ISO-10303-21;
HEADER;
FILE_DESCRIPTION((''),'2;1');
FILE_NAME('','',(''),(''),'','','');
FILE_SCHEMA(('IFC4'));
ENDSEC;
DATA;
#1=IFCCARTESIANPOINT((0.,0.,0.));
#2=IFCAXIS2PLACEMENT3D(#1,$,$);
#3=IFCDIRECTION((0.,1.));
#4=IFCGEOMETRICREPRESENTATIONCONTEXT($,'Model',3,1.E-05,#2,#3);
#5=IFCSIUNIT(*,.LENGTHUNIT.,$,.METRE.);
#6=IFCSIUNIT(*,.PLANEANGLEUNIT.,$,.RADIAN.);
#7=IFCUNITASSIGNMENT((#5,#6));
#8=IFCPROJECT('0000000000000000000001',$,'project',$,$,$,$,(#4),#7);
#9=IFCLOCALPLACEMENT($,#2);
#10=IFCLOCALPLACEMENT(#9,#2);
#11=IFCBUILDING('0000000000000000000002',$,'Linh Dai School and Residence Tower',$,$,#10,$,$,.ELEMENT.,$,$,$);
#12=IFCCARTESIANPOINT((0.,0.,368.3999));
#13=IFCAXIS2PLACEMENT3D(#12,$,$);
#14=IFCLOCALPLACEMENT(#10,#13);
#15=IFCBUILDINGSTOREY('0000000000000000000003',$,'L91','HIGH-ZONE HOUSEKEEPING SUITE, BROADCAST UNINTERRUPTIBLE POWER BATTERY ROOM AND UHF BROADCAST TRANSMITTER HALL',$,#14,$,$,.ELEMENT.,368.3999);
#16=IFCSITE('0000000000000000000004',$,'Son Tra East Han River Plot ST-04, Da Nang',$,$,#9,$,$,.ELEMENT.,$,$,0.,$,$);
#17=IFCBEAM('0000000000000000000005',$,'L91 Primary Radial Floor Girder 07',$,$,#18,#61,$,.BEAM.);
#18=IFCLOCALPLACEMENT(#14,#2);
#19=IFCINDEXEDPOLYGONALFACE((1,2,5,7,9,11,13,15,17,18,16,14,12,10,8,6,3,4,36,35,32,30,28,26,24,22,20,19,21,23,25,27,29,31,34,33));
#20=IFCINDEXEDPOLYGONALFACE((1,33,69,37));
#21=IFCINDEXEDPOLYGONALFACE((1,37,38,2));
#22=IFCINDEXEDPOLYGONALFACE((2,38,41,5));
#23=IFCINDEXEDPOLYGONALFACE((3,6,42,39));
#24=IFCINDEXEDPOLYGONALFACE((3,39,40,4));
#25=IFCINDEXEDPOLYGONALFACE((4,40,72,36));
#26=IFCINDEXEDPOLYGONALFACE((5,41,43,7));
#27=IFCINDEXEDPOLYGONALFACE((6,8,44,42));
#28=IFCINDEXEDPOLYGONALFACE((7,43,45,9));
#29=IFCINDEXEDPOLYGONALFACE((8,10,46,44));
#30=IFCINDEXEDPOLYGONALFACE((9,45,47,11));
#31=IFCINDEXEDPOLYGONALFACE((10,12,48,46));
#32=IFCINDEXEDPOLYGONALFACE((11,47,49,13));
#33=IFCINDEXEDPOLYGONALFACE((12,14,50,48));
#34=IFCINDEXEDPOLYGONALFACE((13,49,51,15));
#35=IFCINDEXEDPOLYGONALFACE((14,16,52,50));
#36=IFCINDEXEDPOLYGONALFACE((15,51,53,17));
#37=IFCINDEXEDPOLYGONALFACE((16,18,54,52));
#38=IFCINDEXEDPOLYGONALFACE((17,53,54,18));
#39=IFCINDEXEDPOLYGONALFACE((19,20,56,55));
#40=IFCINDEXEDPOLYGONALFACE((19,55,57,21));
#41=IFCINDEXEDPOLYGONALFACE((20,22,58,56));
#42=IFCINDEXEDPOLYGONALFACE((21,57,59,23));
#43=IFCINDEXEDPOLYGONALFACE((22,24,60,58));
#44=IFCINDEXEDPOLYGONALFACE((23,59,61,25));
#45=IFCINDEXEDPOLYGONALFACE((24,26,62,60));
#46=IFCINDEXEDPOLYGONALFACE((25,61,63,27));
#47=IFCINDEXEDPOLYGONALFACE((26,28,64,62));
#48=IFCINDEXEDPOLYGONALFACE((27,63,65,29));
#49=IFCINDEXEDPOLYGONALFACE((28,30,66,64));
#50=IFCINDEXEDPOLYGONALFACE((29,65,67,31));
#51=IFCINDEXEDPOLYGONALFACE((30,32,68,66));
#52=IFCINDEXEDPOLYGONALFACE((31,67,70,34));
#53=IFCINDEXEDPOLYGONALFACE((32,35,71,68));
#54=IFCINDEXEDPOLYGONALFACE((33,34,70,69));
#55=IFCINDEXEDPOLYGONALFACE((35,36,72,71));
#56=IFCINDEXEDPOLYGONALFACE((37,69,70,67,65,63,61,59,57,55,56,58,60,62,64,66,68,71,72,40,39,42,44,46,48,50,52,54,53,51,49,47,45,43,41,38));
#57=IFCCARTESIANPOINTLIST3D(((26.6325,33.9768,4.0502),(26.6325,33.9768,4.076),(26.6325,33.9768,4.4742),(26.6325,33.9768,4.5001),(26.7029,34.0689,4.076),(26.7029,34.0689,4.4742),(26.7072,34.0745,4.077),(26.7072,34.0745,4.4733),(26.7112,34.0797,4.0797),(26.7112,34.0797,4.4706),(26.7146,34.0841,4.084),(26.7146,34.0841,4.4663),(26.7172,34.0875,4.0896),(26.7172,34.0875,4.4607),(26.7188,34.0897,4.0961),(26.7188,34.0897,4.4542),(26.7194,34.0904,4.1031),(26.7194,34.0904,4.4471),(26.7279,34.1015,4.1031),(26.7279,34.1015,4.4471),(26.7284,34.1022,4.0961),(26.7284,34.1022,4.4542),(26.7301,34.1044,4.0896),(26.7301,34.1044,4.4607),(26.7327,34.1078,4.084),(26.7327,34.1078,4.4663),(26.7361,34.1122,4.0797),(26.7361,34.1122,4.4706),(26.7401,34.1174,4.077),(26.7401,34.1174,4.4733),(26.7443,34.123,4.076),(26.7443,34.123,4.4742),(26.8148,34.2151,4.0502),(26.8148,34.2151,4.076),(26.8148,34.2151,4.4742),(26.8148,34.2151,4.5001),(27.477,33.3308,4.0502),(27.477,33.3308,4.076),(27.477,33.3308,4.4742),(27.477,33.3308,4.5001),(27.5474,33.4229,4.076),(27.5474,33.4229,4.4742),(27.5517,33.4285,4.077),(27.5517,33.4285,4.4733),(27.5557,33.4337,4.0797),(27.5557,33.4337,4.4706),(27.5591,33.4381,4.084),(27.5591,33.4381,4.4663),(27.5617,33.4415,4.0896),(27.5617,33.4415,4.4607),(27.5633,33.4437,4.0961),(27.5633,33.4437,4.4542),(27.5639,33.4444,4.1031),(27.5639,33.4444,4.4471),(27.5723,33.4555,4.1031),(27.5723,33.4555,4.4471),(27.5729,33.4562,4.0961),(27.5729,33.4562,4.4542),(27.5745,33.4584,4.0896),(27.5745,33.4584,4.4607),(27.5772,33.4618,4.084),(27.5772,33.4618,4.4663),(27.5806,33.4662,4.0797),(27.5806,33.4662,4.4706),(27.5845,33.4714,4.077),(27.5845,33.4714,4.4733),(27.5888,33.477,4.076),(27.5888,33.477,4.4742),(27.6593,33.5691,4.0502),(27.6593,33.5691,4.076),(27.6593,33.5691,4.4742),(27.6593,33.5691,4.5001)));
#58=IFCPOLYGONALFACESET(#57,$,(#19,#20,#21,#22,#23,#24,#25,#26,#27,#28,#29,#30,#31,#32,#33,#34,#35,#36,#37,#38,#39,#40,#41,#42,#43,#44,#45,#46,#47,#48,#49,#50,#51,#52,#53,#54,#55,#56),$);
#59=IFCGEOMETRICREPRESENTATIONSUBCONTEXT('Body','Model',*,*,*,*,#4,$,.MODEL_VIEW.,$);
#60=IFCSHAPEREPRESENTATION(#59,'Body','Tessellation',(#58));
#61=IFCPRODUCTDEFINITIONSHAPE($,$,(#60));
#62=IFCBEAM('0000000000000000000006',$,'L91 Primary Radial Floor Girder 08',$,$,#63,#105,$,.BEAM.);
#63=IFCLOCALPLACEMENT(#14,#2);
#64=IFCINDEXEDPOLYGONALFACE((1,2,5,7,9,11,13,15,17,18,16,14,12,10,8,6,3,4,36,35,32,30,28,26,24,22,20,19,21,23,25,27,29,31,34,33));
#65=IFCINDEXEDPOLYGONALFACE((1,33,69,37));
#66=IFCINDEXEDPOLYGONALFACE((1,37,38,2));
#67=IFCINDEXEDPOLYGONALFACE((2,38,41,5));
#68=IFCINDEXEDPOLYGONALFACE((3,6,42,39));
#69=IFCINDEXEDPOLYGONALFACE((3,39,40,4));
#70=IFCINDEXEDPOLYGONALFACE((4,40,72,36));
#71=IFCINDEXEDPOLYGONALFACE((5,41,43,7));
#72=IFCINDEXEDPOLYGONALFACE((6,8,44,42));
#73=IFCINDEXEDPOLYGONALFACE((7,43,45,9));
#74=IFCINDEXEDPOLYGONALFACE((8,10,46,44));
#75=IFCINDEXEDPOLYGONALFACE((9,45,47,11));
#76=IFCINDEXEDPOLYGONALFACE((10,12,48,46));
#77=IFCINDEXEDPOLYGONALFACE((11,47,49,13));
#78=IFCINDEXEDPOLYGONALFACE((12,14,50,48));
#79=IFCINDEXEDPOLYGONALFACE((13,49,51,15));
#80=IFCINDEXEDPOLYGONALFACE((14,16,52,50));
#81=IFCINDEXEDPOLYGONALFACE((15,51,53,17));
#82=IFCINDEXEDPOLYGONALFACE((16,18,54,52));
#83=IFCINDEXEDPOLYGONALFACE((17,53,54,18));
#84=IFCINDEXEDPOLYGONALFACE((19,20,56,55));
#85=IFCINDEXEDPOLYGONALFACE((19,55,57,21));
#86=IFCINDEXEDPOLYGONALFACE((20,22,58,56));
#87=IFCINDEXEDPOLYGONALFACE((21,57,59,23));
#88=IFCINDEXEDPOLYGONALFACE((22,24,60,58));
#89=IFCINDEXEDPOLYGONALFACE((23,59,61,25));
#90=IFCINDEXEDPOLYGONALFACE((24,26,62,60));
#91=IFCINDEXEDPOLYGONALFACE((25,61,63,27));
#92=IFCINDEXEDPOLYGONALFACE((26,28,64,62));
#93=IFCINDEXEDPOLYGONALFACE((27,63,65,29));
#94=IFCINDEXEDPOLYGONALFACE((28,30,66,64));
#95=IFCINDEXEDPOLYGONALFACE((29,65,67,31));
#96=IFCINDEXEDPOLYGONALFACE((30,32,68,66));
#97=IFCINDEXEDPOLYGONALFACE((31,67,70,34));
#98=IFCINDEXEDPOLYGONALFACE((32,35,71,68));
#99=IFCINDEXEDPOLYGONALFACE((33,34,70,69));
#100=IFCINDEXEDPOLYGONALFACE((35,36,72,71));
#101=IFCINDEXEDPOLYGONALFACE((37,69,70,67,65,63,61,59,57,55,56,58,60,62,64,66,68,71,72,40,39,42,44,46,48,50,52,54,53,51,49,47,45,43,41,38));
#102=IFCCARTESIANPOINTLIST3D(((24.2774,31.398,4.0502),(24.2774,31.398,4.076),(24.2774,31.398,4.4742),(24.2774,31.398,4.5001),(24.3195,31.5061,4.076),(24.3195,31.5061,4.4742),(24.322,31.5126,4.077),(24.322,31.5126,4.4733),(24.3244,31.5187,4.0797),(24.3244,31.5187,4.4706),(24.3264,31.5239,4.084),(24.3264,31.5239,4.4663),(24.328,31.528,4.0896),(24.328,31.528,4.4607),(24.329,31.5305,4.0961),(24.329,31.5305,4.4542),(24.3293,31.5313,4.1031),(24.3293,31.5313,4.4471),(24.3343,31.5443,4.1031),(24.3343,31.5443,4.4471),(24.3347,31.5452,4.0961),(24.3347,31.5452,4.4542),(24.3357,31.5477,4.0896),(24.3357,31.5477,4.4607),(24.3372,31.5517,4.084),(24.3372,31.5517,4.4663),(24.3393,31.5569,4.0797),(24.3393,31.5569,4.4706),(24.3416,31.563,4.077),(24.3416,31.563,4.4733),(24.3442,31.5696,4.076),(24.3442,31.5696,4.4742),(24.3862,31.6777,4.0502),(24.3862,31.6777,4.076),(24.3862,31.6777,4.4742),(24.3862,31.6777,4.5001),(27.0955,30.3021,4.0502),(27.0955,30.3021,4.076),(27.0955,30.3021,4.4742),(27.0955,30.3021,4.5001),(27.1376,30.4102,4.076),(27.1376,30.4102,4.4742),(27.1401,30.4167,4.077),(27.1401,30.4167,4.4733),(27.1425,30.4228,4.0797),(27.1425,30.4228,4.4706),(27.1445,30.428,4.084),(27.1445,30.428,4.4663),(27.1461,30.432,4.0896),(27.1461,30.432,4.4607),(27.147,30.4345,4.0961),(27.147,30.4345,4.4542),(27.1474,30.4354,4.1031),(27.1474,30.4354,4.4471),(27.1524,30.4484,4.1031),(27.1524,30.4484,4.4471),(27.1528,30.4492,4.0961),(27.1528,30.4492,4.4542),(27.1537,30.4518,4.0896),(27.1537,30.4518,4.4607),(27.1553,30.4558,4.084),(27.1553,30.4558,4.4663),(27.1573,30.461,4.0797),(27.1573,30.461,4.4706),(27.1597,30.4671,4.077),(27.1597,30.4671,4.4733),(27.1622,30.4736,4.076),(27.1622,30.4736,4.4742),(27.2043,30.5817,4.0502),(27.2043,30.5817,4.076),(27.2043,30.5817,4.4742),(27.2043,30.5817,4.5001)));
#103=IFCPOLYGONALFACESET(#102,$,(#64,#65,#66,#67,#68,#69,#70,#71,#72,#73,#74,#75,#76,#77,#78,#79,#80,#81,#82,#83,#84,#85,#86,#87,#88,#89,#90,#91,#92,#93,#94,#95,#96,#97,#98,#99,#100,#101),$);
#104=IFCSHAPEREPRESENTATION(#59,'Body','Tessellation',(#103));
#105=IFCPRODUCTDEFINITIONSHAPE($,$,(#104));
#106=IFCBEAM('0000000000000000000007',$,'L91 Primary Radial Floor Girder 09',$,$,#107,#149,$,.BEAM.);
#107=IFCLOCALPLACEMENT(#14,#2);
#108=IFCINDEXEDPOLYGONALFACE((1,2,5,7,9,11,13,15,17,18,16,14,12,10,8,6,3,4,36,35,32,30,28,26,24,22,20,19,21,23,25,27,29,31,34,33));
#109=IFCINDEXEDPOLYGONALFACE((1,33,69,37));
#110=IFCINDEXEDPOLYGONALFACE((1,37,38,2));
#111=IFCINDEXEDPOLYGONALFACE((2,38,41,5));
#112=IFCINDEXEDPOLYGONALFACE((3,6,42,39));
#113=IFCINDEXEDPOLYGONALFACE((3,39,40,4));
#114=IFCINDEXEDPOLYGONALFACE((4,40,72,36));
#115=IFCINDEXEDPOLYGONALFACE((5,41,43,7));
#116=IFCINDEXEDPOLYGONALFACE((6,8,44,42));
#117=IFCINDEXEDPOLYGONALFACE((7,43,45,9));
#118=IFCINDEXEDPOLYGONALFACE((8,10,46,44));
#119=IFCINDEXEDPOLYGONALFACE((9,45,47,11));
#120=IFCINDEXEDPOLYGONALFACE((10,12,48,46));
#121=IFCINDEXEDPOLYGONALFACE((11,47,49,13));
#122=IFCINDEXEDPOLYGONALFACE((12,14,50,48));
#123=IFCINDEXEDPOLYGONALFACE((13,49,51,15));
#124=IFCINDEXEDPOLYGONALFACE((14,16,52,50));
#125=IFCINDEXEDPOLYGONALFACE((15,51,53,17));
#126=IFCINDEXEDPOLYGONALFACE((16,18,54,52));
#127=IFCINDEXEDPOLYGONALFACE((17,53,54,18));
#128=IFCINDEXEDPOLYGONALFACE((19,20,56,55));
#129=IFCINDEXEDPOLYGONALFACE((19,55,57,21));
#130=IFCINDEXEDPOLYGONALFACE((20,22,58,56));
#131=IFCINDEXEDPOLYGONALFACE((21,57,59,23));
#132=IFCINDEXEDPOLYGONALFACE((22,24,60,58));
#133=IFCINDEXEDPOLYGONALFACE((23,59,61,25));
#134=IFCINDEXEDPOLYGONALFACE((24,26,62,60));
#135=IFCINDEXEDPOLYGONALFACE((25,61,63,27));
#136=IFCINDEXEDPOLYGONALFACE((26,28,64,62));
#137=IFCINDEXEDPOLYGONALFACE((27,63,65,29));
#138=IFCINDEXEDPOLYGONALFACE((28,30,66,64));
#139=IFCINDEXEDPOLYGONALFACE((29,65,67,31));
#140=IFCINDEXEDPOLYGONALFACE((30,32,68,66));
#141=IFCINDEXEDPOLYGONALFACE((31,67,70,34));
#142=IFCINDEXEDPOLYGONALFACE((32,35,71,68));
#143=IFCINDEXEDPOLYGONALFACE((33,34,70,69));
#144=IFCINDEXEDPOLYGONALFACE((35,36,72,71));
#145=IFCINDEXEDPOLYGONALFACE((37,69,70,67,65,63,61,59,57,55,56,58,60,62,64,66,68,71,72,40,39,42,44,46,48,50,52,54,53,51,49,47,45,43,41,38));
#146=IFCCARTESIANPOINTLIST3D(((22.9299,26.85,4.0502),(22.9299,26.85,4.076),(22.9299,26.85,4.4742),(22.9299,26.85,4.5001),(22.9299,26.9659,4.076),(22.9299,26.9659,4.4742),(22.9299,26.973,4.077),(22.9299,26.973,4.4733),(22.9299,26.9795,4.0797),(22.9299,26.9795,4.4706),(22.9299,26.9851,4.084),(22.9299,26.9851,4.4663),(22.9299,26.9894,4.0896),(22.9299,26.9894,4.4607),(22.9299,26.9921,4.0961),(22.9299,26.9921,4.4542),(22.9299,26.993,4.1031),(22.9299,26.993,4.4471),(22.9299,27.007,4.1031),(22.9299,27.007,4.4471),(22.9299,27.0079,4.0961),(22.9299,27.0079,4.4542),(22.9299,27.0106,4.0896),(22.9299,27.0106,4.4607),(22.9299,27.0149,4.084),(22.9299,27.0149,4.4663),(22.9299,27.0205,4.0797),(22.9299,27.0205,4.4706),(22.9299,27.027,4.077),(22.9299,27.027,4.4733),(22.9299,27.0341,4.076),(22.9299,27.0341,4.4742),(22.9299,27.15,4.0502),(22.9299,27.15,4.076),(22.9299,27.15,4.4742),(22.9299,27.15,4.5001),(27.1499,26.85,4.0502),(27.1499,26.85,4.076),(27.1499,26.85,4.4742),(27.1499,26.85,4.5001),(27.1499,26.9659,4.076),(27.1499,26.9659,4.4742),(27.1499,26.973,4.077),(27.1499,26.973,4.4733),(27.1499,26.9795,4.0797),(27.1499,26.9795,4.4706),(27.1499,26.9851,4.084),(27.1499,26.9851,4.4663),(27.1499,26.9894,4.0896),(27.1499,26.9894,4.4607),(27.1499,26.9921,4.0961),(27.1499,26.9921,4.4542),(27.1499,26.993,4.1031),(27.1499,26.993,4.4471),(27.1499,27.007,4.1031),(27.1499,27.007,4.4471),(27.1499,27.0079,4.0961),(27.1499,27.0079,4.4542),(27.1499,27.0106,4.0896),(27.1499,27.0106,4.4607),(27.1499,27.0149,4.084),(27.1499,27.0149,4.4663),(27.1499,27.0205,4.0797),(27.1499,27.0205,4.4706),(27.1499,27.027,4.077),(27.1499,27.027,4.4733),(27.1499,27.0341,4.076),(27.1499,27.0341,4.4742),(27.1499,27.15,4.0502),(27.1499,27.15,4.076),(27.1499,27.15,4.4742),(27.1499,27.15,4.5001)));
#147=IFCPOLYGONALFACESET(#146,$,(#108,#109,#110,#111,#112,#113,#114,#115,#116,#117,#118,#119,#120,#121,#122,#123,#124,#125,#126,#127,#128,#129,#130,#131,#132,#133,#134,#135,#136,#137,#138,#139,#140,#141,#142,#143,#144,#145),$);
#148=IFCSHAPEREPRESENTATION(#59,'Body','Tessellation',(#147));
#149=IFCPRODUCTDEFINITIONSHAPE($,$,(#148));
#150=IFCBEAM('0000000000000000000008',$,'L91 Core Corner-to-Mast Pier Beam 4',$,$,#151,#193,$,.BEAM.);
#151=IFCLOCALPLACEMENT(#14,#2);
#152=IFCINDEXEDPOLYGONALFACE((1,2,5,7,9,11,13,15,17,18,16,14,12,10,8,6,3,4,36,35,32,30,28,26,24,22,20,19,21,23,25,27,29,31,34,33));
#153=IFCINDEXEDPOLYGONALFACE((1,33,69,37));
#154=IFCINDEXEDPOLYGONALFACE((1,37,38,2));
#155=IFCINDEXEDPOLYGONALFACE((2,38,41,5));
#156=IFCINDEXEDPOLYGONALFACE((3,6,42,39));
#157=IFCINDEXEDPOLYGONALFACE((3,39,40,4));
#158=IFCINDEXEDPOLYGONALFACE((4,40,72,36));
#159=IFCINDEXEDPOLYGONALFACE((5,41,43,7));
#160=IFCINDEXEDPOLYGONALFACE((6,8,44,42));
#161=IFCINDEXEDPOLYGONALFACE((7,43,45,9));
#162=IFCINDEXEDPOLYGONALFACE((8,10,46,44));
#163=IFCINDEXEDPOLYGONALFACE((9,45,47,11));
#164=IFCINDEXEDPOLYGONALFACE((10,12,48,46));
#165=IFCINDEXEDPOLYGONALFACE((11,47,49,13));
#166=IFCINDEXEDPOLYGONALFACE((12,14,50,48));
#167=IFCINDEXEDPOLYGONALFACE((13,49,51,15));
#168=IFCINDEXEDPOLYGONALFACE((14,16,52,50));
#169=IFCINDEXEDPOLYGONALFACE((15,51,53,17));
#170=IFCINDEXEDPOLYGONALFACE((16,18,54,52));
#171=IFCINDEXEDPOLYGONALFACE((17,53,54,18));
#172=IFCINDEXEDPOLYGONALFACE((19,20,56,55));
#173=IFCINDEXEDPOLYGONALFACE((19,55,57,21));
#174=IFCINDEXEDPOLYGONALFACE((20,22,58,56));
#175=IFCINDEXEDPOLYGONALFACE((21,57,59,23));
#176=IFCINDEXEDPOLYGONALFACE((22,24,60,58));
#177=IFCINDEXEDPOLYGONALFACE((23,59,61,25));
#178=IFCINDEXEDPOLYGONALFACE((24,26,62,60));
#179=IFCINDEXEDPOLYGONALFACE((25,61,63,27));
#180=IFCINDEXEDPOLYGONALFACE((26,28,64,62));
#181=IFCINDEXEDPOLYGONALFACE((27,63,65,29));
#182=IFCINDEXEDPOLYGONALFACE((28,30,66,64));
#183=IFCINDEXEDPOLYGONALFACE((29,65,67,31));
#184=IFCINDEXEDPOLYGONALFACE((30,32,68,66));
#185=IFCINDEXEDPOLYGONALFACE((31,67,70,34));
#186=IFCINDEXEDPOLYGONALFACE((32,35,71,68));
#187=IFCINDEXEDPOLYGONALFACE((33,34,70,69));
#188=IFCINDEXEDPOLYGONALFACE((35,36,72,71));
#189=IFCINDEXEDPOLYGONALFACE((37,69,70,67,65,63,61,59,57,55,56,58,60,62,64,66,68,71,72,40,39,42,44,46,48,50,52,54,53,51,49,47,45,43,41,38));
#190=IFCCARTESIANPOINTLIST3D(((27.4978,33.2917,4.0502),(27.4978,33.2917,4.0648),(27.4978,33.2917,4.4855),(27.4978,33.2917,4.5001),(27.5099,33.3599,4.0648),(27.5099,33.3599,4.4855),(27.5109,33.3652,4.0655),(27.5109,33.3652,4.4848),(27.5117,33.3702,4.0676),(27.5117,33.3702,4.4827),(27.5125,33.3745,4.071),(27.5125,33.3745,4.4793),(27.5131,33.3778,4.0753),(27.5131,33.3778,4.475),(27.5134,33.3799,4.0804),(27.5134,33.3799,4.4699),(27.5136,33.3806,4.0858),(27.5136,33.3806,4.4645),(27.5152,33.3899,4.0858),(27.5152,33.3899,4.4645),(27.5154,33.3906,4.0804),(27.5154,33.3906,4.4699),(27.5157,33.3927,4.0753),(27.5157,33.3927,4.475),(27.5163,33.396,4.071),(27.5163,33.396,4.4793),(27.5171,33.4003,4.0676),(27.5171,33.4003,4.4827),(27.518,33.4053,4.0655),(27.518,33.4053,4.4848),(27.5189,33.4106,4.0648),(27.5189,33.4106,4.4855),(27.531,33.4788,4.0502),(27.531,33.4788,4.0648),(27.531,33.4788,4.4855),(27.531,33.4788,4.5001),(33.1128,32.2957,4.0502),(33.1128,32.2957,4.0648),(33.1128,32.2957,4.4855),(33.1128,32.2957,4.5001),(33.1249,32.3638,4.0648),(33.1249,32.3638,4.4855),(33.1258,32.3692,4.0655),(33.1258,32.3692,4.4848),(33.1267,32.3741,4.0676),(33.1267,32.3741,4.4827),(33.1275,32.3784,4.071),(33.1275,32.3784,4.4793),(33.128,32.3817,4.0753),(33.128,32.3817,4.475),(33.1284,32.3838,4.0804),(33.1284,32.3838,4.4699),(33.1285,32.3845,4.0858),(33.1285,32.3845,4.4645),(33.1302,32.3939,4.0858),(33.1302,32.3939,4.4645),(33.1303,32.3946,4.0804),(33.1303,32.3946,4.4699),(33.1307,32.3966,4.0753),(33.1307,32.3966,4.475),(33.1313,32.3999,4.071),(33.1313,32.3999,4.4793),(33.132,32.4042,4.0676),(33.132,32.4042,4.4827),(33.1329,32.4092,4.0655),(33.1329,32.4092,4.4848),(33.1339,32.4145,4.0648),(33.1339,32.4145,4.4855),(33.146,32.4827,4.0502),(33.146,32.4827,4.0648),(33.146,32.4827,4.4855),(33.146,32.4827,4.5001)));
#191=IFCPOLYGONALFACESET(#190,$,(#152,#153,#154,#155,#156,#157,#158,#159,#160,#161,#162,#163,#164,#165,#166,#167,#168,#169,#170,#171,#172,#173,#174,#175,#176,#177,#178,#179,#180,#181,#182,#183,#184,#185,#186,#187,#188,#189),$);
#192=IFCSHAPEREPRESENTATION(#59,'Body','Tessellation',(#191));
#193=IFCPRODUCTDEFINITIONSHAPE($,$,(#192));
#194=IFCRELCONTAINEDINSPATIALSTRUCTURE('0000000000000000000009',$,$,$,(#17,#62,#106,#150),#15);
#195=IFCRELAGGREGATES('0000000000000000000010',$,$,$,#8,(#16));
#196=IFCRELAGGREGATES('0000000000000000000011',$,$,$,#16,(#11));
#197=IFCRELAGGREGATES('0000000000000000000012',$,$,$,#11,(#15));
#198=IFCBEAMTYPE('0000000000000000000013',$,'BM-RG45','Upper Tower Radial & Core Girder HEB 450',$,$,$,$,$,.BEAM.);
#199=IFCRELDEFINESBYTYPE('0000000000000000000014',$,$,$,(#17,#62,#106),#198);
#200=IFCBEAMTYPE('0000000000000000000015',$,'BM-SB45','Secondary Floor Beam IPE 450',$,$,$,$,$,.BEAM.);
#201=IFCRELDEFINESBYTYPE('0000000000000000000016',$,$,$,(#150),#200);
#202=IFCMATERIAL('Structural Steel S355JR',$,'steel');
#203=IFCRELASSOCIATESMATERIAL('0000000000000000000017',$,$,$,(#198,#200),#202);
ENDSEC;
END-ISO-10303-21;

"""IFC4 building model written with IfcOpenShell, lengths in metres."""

from ifc_helpers import new_model, si_unit, direction, frame, origin, origin_2d, place, context, subcontext, project, spatial, i_section, extrude, material, material_profile, profile_set, type_object, element, save


model = new_model("IFC4")

# Units and contexts
model_context = context("Model", 3, precision=1e-05, world=origin(), true_north=direction((0.0, 1.0)))
body_context = subcontext(model_context, "Body", "Model", "MODEL_VIEW")
ifc_project = project(units=[si_unit("LENGTHUNIT", "METRE"), si_unit("PLANEANGLEUNIT", "RADIAN")], contexts=[model_context])

# Site, building, storey
site_placement = place(None, origin())
site = spatial("IfcSite", under=ifc_project, at=site_placement, Name="Son Tra East Han River Plot ST-04, Da Nang", CompositionType="ELEMENT", RefElevation=0.0)
building_placement = place(site_placement, origin())
building = spatial("IfcBuilding", under=site, at=building_placement, Name="Linh Dai School and Residence Tower", CompositionType="ELEMENT")
storey_placement = place(building_placement, frame((0.0, 0.0, 368.3999)))
storey = spatial("IfcBuildingStorey", under=building, at=storey_placement, Name="L91", Description="HIGH-ZONE HOUSEKEEPING SUITE, BROADCAST UNINTERRUPTIBLE POWER BATTERY ROOM AND UHF BROADCAST TRANSMITTER HALL", CompositionType="ELEMENT", Elevation=368.3999)

# Shared definitions
ifc_material_1 = material(Name="Structural Steel S355JR", Category="steel")

# Beams
ifc_material_profile_1 = material_profile(ifc_material_1, i_section(OverallWidth=0.3, OverallDepth=0.45, WebThickness=0.0139, FlangeThickness=0.0259, FilletRadius=0.0271, at=origin_2d()), Name="HEB 450")
ifc_profile_set_1 = profile_set([ifc_material_profile_1], Name="Structural Steel S355JR")
beam_type_1 = type_object("IfcBeamType", Name="BM-RG45", Description="Upper Tower Radial & Core Girder HEB 450", PredefinedType="BEAM", material=ifc_profile_set_1)
beam_1_placement = place(storey_placement, frame((27.5681, 33.45, 4.2751), z_axis=(-0.79426, 0.607578, 0.0), x_axis=(-0.607578, -0.79426, 0.0)))
element("IfcBeam", 1, at=beam_1_placement, inside=storey, type_object=beam_type_1, Name="L91 Primary Radial Floor Girder 07", PredefinedType="BEAM", context=body_context, shape_type="SweptSolid", body=[
    extrude(i_section(OverallWidth=0.3, OverallDepth=0.45, WebThickness=0.0139, FlangeThickness=0.0259, FilletRadius=0.0271, at=origin_2d()), origin(), (0.0, 0.0, 1.0), 1.0632),
])
beam_2_placement = place(storey_placement, frame((27.1499, 30.4419, 4.2751), z_axis=(-0.932003, 0.36245, 0.0), x_axis=(-0.36245, -0.932003, 0.0)))
element("IfcBeam", 2, at=beam_2_placement, inside=storey, type_object=beam_type_1, Name="L91 Primary Radial Floor Girder 08", PredefinedType="BEAM", context=body_context, shape_type="SweptSolid", body=[
    extrude(i_section(OverallWidth=0.3, OverallDepth=0.45, WebThickness=0.0139, FlangeThickness=0.0259, FilletRadius=0.0271, at=origin_2d()), origin(), (0.0, 0.0, 1.0), 3.0237),
])
beam_3_placement = place(storey_placement, frame((27.1499, 27.0, 4.2751), z_axis=(-1.0, 0.0, 0.0), x_axis=(0.0, -1.0, 0.0)))
element("IfcBeam", 3, at=beam_3_placement, inside=storey, type_object=beam_type_1, Name="L91 Primary Radial Floor Girder 09", PredefinedType="BEAM", context=body_context, shape_type="SweptSolid", body=[
    extrude(i_section(OverallWidth=0.3, OverallDepth=0.45, WebThickness=0.0139, FlangeThickness=0.0259, FilletRadius=0.0271, at=origin_2d()), origin(), (0.0, 0.0, 1.0), 4.22),
])
ifc_material_profile_2 = material_profile(ifc_material_1, i_section(OverallWidth=0.1899, OverallDepth=0.45, WebThickness=0.0095, FlangeThickness=0.0146, FilletRadius=0.021, at=origin_2d()), Name="IPE 450")
ifc_profile_set_2 = profile_set([ifc_material_profile_2], Name="Structural Steel S355JR")
beam_type_2 = type_object("IfcBeamType", Name="BM-SB45", Description="Secondary Floor Beam IPE 450", PredefinedType="BEAM", material=ifc_profile_set_2)
beam_4_placement = place(storey_placement, frame((27.5144, 33.3853, 4.2751), z_axis=(0.984627, -0.174672, 0.0), x_axis=(0.174672, 0.984627, 0.0)))
element("IfcBeam", 4, at=beam_4_placement, inside=storey, type_object=beam_type_2, Name="L91 Core Corner-to-Mast Pier Beam 4", PredefinedType="BEAM", context=body_context, shape_type="SweptSolid", body=[
    extrude(i_section(OverallWidth=0.1899, OverallDepth=0.45, WebThickness=0.0095, FlangeThickness=0.0146, FilletRadius=0.021, at=origin_2d()), origin(), (0.0, 0.0, 1.0), 5.7026),
])

save(model, "model.ifc")
